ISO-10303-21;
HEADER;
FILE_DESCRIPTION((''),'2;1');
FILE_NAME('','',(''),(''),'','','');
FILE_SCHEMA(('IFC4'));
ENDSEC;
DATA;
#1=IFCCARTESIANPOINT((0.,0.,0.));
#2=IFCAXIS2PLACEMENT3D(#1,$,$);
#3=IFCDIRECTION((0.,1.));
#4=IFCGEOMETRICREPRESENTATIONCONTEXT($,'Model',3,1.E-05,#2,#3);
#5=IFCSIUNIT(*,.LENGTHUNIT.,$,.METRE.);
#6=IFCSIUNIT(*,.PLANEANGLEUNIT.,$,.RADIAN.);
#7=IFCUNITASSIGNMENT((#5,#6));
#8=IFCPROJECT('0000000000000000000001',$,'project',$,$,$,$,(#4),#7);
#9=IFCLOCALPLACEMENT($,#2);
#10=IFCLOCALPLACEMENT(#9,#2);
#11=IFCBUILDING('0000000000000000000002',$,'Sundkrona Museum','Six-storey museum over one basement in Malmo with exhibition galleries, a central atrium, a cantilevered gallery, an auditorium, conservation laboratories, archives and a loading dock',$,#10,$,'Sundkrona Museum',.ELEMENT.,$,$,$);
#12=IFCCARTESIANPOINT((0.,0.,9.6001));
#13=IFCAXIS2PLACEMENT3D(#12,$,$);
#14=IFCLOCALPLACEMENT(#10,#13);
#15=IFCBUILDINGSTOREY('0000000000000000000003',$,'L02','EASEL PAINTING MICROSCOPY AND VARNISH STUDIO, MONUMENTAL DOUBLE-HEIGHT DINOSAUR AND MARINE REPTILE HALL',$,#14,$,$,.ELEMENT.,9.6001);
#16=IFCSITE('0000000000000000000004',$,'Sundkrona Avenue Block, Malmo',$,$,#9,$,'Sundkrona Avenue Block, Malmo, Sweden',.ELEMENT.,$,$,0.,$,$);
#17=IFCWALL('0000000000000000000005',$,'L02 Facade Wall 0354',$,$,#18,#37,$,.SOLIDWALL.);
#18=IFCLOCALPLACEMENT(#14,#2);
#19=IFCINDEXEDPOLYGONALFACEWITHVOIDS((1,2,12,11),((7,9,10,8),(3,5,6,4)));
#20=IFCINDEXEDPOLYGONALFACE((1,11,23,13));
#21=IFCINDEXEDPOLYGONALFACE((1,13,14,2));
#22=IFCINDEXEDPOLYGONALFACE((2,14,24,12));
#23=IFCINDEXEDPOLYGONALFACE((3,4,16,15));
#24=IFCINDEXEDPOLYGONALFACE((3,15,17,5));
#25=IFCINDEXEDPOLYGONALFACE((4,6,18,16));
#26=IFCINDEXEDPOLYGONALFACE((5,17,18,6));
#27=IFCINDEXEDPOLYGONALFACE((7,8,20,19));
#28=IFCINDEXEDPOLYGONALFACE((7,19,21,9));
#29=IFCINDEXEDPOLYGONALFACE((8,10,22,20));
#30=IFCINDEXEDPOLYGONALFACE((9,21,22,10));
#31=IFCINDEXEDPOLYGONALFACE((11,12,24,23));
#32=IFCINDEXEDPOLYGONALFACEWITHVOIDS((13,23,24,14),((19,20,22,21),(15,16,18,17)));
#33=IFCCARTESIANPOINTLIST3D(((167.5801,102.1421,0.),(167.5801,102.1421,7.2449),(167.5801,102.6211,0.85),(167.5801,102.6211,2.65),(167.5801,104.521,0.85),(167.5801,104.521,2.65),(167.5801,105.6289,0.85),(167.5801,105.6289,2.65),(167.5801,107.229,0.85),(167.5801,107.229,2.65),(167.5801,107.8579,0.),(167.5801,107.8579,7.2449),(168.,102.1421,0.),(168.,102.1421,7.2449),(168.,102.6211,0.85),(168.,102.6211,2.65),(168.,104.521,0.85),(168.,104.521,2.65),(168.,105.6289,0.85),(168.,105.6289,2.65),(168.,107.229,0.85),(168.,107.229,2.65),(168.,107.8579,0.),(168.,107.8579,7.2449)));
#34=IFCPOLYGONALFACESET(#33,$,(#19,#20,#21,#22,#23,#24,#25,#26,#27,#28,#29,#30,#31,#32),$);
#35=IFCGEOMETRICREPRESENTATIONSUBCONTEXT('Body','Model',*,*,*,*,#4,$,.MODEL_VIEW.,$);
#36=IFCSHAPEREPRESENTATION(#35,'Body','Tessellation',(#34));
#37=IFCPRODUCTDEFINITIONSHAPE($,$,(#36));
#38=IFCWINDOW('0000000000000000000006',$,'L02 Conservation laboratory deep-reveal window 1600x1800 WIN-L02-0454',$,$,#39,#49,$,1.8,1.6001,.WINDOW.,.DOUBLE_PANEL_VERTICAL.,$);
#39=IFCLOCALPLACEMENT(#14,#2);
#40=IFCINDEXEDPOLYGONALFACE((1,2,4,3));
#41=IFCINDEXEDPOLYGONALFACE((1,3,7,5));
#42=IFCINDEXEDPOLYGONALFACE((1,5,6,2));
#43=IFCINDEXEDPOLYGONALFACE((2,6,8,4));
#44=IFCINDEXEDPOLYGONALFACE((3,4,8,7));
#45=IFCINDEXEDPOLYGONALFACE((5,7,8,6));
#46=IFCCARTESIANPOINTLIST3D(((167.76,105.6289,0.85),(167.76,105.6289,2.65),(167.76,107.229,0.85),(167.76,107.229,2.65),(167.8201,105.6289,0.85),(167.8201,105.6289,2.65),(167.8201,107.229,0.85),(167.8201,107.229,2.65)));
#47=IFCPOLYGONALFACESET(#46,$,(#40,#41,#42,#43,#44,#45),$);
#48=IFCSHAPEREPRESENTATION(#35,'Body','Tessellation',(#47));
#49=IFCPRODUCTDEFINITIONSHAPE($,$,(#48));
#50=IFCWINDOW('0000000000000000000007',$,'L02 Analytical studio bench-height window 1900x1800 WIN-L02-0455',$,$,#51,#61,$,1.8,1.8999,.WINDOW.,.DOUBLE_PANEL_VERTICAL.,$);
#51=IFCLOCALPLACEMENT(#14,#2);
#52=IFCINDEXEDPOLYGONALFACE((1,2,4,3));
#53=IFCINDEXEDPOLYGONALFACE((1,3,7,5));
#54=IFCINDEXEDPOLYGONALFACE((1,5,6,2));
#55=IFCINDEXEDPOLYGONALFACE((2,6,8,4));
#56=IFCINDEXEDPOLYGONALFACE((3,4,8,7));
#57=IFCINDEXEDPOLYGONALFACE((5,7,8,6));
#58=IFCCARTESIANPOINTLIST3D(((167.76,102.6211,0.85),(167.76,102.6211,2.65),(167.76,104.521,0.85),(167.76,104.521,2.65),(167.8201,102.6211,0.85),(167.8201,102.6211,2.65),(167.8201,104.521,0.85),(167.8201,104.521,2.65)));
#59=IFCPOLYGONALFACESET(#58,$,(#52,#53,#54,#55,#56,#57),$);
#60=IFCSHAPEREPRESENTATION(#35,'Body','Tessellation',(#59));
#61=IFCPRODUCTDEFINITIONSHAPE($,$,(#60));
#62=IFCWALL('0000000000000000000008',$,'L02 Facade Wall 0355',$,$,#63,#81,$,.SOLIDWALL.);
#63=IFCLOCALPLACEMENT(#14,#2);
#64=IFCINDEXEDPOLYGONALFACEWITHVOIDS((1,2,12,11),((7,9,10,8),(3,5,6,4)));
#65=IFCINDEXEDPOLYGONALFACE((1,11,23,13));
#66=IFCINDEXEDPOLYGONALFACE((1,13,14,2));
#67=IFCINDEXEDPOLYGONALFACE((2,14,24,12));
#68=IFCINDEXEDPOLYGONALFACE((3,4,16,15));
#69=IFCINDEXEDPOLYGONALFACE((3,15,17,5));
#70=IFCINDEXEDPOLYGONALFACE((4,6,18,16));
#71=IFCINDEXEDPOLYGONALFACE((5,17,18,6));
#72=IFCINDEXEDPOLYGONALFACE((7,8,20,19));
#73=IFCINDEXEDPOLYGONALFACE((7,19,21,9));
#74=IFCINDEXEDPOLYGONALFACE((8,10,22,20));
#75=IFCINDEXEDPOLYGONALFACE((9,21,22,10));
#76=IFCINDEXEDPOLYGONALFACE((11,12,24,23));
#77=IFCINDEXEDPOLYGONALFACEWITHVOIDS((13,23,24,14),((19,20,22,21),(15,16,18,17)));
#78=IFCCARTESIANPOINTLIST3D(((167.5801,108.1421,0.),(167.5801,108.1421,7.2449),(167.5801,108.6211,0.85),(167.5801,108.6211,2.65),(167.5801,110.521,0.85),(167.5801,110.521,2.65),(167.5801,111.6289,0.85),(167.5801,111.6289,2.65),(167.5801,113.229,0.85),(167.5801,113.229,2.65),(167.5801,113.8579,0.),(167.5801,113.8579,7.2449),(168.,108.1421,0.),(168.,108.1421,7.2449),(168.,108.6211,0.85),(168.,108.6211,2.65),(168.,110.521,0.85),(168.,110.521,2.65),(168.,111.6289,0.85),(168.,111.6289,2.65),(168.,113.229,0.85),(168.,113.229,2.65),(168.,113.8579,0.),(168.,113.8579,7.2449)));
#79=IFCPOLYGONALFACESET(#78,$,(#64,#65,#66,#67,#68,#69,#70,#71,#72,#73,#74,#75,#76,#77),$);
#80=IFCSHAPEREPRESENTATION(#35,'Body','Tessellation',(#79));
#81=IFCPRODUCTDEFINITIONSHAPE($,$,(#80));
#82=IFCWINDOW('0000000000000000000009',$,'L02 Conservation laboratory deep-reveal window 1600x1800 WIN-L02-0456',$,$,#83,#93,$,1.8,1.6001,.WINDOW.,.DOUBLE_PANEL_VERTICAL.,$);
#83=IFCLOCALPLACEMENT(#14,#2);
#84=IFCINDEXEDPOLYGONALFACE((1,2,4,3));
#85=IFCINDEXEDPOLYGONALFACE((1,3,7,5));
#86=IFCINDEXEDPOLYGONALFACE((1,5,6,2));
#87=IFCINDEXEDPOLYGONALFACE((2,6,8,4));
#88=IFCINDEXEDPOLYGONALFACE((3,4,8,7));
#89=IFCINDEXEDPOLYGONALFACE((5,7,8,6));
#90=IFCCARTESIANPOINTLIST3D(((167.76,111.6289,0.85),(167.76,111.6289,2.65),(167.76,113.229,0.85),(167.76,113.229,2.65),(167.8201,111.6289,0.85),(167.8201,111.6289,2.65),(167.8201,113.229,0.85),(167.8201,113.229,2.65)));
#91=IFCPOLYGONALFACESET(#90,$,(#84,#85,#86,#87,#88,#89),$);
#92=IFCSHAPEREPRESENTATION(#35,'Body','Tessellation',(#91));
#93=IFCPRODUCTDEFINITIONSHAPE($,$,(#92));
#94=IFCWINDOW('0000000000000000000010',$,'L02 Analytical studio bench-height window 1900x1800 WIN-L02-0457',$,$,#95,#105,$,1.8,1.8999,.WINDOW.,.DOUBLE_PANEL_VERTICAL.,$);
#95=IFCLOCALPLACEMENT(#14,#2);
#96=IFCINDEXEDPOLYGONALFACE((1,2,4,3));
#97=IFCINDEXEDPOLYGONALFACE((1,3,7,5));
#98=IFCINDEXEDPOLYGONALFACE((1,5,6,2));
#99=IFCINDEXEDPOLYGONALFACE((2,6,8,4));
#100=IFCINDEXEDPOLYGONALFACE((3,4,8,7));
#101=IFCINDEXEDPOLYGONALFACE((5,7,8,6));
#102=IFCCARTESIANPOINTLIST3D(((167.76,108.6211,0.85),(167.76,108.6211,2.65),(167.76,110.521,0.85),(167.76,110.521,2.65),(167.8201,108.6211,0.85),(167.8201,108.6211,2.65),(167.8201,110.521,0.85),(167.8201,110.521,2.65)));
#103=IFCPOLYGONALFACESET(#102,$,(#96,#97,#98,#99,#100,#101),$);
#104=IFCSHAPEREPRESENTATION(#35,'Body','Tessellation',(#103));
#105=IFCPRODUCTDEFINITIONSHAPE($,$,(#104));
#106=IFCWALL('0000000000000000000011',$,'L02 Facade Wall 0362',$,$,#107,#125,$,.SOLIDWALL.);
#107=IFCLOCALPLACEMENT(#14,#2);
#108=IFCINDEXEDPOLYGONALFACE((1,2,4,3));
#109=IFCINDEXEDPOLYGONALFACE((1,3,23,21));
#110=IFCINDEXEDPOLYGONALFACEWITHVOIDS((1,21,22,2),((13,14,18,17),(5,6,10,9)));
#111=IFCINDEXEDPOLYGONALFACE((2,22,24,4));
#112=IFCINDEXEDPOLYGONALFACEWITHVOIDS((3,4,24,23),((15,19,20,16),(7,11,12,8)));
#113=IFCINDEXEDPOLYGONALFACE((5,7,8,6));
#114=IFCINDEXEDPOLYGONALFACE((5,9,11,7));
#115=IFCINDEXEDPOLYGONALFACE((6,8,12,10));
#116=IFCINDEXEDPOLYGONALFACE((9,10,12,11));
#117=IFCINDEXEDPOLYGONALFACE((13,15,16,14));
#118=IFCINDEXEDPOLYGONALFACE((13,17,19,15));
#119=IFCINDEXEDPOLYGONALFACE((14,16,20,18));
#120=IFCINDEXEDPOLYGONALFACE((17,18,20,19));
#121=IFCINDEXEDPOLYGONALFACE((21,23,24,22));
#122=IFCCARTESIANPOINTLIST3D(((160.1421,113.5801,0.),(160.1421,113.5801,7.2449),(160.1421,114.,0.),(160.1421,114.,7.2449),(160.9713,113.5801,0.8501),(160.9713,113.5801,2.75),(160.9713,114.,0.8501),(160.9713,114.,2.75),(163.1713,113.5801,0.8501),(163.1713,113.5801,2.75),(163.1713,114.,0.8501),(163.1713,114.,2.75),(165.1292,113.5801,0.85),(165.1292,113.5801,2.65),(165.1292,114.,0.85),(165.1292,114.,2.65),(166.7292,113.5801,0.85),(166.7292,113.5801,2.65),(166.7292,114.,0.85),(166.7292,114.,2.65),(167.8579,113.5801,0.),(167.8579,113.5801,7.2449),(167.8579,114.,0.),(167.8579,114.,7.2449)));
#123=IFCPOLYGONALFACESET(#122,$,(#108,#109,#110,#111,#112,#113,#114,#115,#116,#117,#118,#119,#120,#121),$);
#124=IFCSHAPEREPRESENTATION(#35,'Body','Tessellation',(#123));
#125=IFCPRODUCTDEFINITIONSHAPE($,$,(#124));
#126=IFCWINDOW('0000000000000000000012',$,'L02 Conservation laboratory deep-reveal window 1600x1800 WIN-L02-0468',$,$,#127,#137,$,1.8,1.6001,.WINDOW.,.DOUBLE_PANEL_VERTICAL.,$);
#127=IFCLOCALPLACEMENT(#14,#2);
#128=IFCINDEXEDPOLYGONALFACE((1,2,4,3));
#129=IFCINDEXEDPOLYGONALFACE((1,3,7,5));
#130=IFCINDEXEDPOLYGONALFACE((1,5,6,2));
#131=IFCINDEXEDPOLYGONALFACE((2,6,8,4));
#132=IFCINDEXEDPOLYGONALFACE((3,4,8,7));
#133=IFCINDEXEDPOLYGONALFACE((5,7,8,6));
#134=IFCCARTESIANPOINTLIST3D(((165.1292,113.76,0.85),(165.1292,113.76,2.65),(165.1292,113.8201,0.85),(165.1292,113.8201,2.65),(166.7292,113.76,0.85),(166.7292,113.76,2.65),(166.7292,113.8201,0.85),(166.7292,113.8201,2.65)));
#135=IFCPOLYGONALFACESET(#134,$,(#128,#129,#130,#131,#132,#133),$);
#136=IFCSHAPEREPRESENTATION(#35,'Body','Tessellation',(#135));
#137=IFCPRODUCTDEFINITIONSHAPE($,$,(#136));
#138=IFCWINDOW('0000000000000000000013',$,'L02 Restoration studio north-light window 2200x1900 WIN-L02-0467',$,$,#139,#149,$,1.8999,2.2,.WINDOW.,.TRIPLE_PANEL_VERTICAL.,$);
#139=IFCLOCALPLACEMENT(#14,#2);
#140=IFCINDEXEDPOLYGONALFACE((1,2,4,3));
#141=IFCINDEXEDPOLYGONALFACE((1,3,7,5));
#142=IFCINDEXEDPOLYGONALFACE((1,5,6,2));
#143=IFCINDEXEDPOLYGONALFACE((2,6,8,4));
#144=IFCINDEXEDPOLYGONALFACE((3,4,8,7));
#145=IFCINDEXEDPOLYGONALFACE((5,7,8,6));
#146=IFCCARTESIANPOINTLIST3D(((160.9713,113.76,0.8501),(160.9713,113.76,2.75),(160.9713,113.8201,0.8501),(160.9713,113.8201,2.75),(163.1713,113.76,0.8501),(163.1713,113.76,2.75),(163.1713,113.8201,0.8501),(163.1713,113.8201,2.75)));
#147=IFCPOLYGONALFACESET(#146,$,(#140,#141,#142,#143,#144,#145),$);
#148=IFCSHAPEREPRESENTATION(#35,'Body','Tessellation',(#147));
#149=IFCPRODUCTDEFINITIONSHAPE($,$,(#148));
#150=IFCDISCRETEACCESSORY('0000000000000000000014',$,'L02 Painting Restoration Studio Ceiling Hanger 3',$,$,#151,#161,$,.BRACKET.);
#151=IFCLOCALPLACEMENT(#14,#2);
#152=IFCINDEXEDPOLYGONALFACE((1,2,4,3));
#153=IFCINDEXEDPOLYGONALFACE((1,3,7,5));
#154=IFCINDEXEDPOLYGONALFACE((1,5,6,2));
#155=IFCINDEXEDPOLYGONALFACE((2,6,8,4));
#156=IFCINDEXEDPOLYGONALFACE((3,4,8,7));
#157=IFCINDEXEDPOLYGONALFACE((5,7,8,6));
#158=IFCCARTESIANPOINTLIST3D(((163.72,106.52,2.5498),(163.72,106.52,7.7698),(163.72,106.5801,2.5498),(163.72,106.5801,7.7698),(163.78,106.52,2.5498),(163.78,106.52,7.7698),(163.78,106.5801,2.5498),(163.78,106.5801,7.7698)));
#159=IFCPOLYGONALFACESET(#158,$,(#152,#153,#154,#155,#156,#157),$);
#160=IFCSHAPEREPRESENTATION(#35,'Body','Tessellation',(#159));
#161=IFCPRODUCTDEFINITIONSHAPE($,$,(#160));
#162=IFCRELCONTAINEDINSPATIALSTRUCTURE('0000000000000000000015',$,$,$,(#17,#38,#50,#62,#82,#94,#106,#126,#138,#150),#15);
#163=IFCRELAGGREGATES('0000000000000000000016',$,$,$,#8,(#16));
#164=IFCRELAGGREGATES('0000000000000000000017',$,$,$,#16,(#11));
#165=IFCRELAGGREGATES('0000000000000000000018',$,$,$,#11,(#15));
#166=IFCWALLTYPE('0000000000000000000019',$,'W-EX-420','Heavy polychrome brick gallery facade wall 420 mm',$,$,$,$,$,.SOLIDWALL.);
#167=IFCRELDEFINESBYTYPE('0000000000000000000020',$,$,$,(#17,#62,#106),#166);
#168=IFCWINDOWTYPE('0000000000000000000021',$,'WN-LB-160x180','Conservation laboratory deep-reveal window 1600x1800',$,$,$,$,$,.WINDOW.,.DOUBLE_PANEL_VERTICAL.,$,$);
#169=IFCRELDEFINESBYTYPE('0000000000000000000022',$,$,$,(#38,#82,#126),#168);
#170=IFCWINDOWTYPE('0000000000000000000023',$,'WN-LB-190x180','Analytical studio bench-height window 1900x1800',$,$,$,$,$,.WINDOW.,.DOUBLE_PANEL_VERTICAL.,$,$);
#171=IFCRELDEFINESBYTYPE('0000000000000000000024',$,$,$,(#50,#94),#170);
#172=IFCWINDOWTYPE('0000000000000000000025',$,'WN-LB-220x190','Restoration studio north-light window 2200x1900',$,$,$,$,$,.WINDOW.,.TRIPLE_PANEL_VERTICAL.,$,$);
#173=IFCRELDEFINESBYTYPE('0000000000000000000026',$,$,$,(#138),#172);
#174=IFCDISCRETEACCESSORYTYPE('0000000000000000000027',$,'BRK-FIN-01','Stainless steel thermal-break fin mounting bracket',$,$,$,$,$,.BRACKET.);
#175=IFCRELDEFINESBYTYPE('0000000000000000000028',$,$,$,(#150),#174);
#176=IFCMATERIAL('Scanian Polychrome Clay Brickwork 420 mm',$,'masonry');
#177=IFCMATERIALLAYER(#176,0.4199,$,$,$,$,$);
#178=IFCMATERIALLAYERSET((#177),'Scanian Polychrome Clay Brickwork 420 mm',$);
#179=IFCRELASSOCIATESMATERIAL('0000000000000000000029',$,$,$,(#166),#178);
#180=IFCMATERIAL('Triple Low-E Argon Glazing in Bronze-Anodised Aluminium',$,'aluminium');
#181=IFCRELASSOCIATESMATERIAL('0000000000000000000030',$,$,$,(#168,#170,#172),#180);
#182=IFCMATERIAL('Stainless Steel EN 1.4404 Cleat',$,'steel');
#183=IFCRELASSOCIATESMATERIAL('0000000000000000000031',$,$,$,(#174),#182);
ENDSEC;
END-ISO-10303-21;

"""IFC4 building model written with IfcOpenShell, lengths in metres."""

from ifc_helpers import new_model, si_unit, direction, frame, frame_2d, origin, origin_2d, place, context, subcontext, project, spatial, rectangle, extrude, material, layer, layer_set, type_object, element, fill, save


model = new_model("IFC4")

# Units and contexts
model_context = context("Model", 3, precision=1e-05, world=origin(), true_north=direction((0.0, 1.0)))
body_context = subcontext(model_context, "Body", "Model", "MODEL_VIEW")
ifc_project = project(units=[si_unit("LENGTHUNIT", "METRE"), si_unit("PLANEANGLEUNIT", "RADIAN")], contexts=[model_context])

# Site, building, storey
site_placement = place(None, origin())
site = spatial("IfcSite", under=ifc_project, at=site_placement, Name="Sundkrona Avenue Block, Malmo", LongName="Sundkrona Avenue Block, Malmo, Sweden", CompositionType="ELEMENT", RefElevation=0.0)
building_placement = place(site_placement, origin())
building = spatial("IfcBuilding", under=site, at=building_placement, Name="Sundkrona Museum", Description="Six-storey museum over one basement in Malmo with exhibition galleries, a central atrium, a cantilevered gallery, an auditorium, conservation laboratories, archives and a loading dock", LongName="Sundkrona Museum", CompositionType="ELEMENT")
storey_placement = place(building_placement, frame((0.0, 0.0, 9.6001)))
storey = spatial("IfcBuildingStorey", under=building, at=storey_placement, Name="L02", Description="EASEL PAINTING MICROSCOPY AND VARNISH STUDIO, MONUMENTAL DOUBLE-HEIGHT DINOSAUR AND MARINE REPTILE HALL", CompositionType="ELEMENT", Elevation=9.6001)

# Walls, openings, windows
ifc_material_1 = material(Name="Scanian Polychrome Clay Brickwork 420 mm", Category="masonry")
ifc_layer = layer(ifc_material_1, 0.4199)
ifc_layer_set = layer_set([ifc_layer], Name="Scanian Polychrome Clay Brickwork 420 mm")
wall_type = type_object("IfcWallType", Name="W-EX-420", Description="Heavy polychrome brick gallery facade wall 420 mm", PredefinedType="SOLIDWALL", material=ifc_layer_set)
wall_1_placement = place(storey_placement, frame((167.79, 107.8579, 0.0), z_axis=(0.0, 0.0, 1.0), x_axis=(0.0, -1.0, 0.0)))
wall_1 = element("IfcWall", 1, at=wall_1_placement, inside=storey, type_object=wall_type, Name="L02 Facade Wall 0354", PredefinedType="SOLIDWALL", context=body_context, shape_type="SweptSolid", body=[
    extrude(rectangle(XDim=5.7158, YDim=0.4199, at=frame_2d((2.8579, 0.0))), origin(), (0.0, 0.0, 1.0), 7.2449),
])
opening_1_placement = place(wall_1_placement, frame((0.6289, 0.0, 0.8501)))
opening_1 = element("IfcOpeningElement", 2, at=opening_1_placement, cuts=wall_1, PredefinedType="OPENING", context=body_context, shape_type="SweptSolid", body=[
    extrude(rectangle(XDim=1.6001, YDim=1.8, at=frame_2d((0.8, 0.8999))), frame((0.0, 0.22, 0.0), z_axis=(0.0, -1.0, 0.0), x_axis=(1.0, 0.0, 0.0)), (0.0, 0.0, 1.0), 0.4399),
])
opening_2_placement = place(wall_1_placement, frame((3.3369, 0.0, 0.8501)))
opening_2 = element("IfcOpeningElement", 3, at=opening_2_placement, cuts=wall_1, PredefinedType="OPENING", context=body_context, shape_type="SweptSolid", body=[
    extrude(rectangle(XDim=1.8999, YDim=1.8, at=frame_2d((0.95, 0.8999))), frame((0.0, 0.22, 0.0), z_axis=(0.0, -1.0, 0.0), x_axis=(1.0, 0.0, 0.0)), (0.0, 0.0, 1.0), 0.4399),
])
ifc_material_2 = material(Name="Triple Low-E Argon Glazing in Bronze-Anodised Aluminium", Category="aluminium")
window_type_1 = type_object("IfcWindowType", Name="WN-LB-160x180", Description="Conservation laboratory deep-reveal window 1600x1800", PartitioningType="DOUBLE_PANEL_VERTICAL", PredefinedType="WINDOW", material=ifc_material_2)
window_1_placement = place(opening_1_placement, origin())
window_1 = element("IfcWindow", 4, at=window_1_placement, inside=storey, type_object=window_type_1, Name="L02 Conservation laboratory deep-reveal window 1600x1800 WIN-L02-0454", OverallHeight=1.8, OverallWidth=1.6001, PartitioningType="DOUBLE_PANEL_VERTICAL", PredefinedType="WINDOW", context=body_context, shape_type="SweptSolid", body=[
    extrude(rectangle(XDim=1.6001, YDim=1.8, at=frame_2d((0.8, 0.8999))), frame((0.0, 0.03, 0.0), z_axis=(0.0, -1.0, 0.0), x_axis=(1.0, 0.0, 0.0)), (0.0, 0.0, 1.0), 0.0601),
])
fill(opening_1, window_1)
window_type_2 = type_object("IfcWindowType", Name="WN-LB-190x180", Description="Analytical studio bench-height window 1900x1800", PartitioningType="DOUBLE_PANEL_VERTICAL", PredefinedType="WINDOW", material=ifc_material_2)
window_2_placement = place(opening_2_placement, origin())
window_2 = element("IfcWindow", 5, at=window_2_placement, inside=storey, type_object=window_type_2, Name="L02 Analytical studio bench-height window 1900x1800 WIN-L02-0455", OverallHeight=1.8, OverallWidth=1.8999, PartitioningType="DOUBLE_PANEL_VERTICAL", PredefinedType="WINDOW", context=body_context, shape_type="SweptSolid", body=[
    extrude(rectangle(XDim=1.8999, YDim=1.8, at=frame_2d((0.95, 0.8999))), frame((0.0, 0.03, 0.0), z_axis=(0.0, -1.0, 0.0), x_axis=(1.0, 0.0, 0.0)), (0.0, 0.0, 1.0), 0.0601),
])
fill(opening_2, window_2)
wall_2_placement = place(storey_placement, frame((167.79, 113.8579, 0.0), z_axis=(0.0, 0.0, 1.0), x_axis=(0.0, -1.0, 0.0)))
wall_2 = element("IfcWall", 6, at=wall_2_placement, inside=storey, type_object=wall_type, Name="L02 Facade Wall 0355", PredefinedType="SOLIDWALL", context=body_context, shape_type="SweptSolid", body=[
    extrude(rectangle(XDim=5.7158, YDim=0.4199, at=frame_2d((2.8579, 0.0))), origin(), (0.0, 0.0, 1.0), 7.2449),
])
opening_3_placement = place(wall_2_placement, frame((0.6289, 0.0, 0.8501)))
opening_3 = element("IfcOpeningElement", 7, at=opening_3_placement, cuts=wall_2, PredefinedType="OPENING", context=body_context, shape_type="SweptSolid", body=[
    extrude(rectangle(XDim=1.6001, YDim=1.8, at=frame_2d((0.8, 0.8999))), frame((0.0, 0.22, 0.0), z_axis=(0.0, -1.0, 0.0), x_axis=(1.0, 0.0, 0.0)), (0.0, 0.0, 1.0), 0.4399),
])
opening_4_placement = place(wall_2_placement, frame((3.3369, 0.0, 0.8501)))
opening_4 = element("IfcOpeningElement", 8, at=opening_4_placement, cuts=wall_2, PredefinedType="OPENING", context=body_context, shape_type="SweptSolid", body=[
    extrude(rectangle(XDim=1.8999, YDim=1.8, at=frame_2d((0.95, 0.8999))), frame((0.0, 0.22, 0.0), z_axis=(0.0, -1.0, 0.0), x_axis=(1.0, 0.0, 0.0)), (0.0, 0.0, 1.0), 0.4399),
])
window_3_placement = place(opening_3_placement, origin())
window_3 = element("IfcWindow", 9, at=window_3_placement, inside=storey, type_object=window_type_1, Name="L02 Conservation laboratory deep-reveal window 1600x1800 WIN-L02-0456", OverallHeight=1.8, OverallWidth=1.6001, PartitioningType="DOUBLE_PANEL_VERTICAL", PredefinedType="WINDOW", context=body_context, shape_type="SweptSolid", body=[
    extrude(rectangle(XDim=1.6001, YDim=1.8, at=frame_2d((0.8, 0.8999))), frame((0.0, 0.03, 0.0), z_axis=(0.0, -1.0, 0.0), x_axis=(1.0, 0.0, 0.0)), (0.0, 0.0, 1.0), 0.0601),
])
fill(opening_3, window_3)
window_4_placement = place(opening_4_placement, origin())
window_4 = element("IfcWindow", 10, at=window_4_placement, inside=storey, type_object=window_type_2, Name="L02 Analytical studio bench-height window 1900x1800 WIN-L02-0457", OverallHeight=1.8, OverallWidth=1.8999, PartitioningType="DOUBLE_PANEL_VERTICAL", PredefinedType="WINDOW", context=body_context, shape_type="SweptSolid", body=[
    extrude(rectangle(XDim=1.8999, YDim=1.8, at=frame_2d((0.95, 0.8999))), frame((0.0, 0.03, 0.0), z_axis=(0.0, -1.0, 0.0), x_axis=(1.0, 0.0, 0.0)), (0.0, 0.0, 1.0), 0.0601),
])
fill(opening_4, window_4)
wall_3_placement = place(storey_placement, frame((160.1421, 113.79, 0.0), z_axis=(0.0, 0.0, 1.0), x_axis=(1.0, 0.0, 0.0)))
wall_3 = element("IfcWall", 11, at=wall_3_placement, inside=storey, type_object=wall_type, Name="L02 Facade Wall 0362", PredefinedType="SOLIDWALL", context=body_context, shape_type="SweptSolid", body=[
    extrude(rectangle(XDim=7.7158, YDim=0.4199, at=frame_2d((3.8579, 0.0))), origin(), (0.0, 0.0, 1.0), 7.2449),
])
opening_5_placement = place(wall_3_placement, frame((0.8291, 0.0, 0.8501)))
opening_5 = element("IfcOpeningElement", 12, at=opening_5_placement, cuts=wall_3, PredefinedType="OPENING", context=body_context, shape_type="SweptSolid", body=[
    extrude(rectangle(XDim=2.2, YDim=1.8999, at=frame_2d((1.1001, 0.95))), frame((0.0, 0.22, 0.0), z_axis=(0.0, -1.0, 0.0), x_axis=(1.0, 0.0, 0.0)), (0.0, 0.0, 1.0), 0.4399),
])
opening_6_placement = place(wall_3_placement, frame((4.9871, 0.0, 0.8501)))
opening_6 = element("IfcOpeningElement", 13, at=opening_6_placement, cuts=wall_3, PredefinedType="OPENING", context=body_context, shape_type="SweptSolid", body=[
    extrude(rectangle(XDim=1.6001, YDim=1.8, at=frame_2d((0.8, 0.8999))), frame((0.0, 0.22, 0.0), z_axis=(0.0, -1.0, 0.0), x_axis=(1.0, 0.0, 0.0)), (0.0, 0.0, 1.0), 0.4399),
])
window_5_placement = place(opening_6_placement, origin())
window_5 = element("IfcWindow", 14, at=window_5_placement, inside=storey, type_object=window_type_1, Name="L02 Conservation laboratory deep-reveal window 1600x1800 WIN-L02-0468", OverallHeight=1.8, OverallWidth=1.6001, PartitioningType="DOUBLE_PANEL_VERTICAL", PredefinedType="WINDOW", context=body_context, shape_type="SweptSolid", body=[
    extrude(rectangle(XDim=1.6001, YDim=1.8, at=frame_2d((0.8, 0.8999))), frame((0.0, 0.03, 0.0), z_axis=(0.0, -1.0, 0.0), x_axis=(1.0, 0.0, 0.0)), (0.0, 0.0, 1.0), 0.0601),
])
fill(opening_6, window_5)
window_type_3 = type_object("IfcWindowType", Name="WN-LB-220x190", Description="Restoration studio north-light window 2200x1900", PartitioningType="TRIPLE_PANEL_VERTICAL", PredefinedType="WINDOW", material=ifc_material_2)
window_6_placement = place(opening_5_placement, origin())
window_6 = element("IfcWindow", 15, at=window_6_placement, inside=storey, type_object=window_type_3, Name="L02 Restoration studio north-light window 2200x1900 WIN-L02-0467", OverallHeight=1.8999, OverallWidth=2.2, PartitioningType="TRIPLE_PANEL_VERTICAL", PredefinedType="WINDOW", context=body_context, shape_type="SweptSolid", body=[
    extrude(rectangle(XDim=2.2, YDim=1.8999, at=frame_2d((1.1001, 0.95))), frame((0.0, 0.03, 0.0), z_axis=(0.0, -1.0, 0.0), x_axis=(1.0, 0.0, 0.0)), (0.0, 0.0, 1.0), 0.0601),
])
fill(opening_5, window_6)

# Discrete accessory
ifc_material_3 = material(Name="Stainless Steel EN 1.4404 Cleat", Category="steel")
discrete_accessory_type = type_object("IfcDiscreteAccessoryType", Name="BRK-FIN-01", Description="Stainless steel thermal-break fin mounting bracket", PredefinedType="BRACKET", material=ifc_material_3)
discrete_accessory_placement = place(storey_placement, frame((163.75, 106.55, 2.5498), z_axis=(0.0, 0.0, 1.0), x_axis=(1.0, 0.0, 0.0)))
element("IfcDiscreteAccessory", 16, at=discrete_accessory_placement, inside=storey, type_object=discrete_accessory_type, Name="L02 Painting Restoration Studio Ceiling Hanger 3", PredefinedType="BRACKET", context=body_context, shape_type="SweptSolid", body=[
    extrude(rectangle(XDim=0.0601, YDim=0.0601, at=origin_2d()), origin(), (0.0, 0.0, 1.0), 5.22),
])

save(model, "model.ifc")
